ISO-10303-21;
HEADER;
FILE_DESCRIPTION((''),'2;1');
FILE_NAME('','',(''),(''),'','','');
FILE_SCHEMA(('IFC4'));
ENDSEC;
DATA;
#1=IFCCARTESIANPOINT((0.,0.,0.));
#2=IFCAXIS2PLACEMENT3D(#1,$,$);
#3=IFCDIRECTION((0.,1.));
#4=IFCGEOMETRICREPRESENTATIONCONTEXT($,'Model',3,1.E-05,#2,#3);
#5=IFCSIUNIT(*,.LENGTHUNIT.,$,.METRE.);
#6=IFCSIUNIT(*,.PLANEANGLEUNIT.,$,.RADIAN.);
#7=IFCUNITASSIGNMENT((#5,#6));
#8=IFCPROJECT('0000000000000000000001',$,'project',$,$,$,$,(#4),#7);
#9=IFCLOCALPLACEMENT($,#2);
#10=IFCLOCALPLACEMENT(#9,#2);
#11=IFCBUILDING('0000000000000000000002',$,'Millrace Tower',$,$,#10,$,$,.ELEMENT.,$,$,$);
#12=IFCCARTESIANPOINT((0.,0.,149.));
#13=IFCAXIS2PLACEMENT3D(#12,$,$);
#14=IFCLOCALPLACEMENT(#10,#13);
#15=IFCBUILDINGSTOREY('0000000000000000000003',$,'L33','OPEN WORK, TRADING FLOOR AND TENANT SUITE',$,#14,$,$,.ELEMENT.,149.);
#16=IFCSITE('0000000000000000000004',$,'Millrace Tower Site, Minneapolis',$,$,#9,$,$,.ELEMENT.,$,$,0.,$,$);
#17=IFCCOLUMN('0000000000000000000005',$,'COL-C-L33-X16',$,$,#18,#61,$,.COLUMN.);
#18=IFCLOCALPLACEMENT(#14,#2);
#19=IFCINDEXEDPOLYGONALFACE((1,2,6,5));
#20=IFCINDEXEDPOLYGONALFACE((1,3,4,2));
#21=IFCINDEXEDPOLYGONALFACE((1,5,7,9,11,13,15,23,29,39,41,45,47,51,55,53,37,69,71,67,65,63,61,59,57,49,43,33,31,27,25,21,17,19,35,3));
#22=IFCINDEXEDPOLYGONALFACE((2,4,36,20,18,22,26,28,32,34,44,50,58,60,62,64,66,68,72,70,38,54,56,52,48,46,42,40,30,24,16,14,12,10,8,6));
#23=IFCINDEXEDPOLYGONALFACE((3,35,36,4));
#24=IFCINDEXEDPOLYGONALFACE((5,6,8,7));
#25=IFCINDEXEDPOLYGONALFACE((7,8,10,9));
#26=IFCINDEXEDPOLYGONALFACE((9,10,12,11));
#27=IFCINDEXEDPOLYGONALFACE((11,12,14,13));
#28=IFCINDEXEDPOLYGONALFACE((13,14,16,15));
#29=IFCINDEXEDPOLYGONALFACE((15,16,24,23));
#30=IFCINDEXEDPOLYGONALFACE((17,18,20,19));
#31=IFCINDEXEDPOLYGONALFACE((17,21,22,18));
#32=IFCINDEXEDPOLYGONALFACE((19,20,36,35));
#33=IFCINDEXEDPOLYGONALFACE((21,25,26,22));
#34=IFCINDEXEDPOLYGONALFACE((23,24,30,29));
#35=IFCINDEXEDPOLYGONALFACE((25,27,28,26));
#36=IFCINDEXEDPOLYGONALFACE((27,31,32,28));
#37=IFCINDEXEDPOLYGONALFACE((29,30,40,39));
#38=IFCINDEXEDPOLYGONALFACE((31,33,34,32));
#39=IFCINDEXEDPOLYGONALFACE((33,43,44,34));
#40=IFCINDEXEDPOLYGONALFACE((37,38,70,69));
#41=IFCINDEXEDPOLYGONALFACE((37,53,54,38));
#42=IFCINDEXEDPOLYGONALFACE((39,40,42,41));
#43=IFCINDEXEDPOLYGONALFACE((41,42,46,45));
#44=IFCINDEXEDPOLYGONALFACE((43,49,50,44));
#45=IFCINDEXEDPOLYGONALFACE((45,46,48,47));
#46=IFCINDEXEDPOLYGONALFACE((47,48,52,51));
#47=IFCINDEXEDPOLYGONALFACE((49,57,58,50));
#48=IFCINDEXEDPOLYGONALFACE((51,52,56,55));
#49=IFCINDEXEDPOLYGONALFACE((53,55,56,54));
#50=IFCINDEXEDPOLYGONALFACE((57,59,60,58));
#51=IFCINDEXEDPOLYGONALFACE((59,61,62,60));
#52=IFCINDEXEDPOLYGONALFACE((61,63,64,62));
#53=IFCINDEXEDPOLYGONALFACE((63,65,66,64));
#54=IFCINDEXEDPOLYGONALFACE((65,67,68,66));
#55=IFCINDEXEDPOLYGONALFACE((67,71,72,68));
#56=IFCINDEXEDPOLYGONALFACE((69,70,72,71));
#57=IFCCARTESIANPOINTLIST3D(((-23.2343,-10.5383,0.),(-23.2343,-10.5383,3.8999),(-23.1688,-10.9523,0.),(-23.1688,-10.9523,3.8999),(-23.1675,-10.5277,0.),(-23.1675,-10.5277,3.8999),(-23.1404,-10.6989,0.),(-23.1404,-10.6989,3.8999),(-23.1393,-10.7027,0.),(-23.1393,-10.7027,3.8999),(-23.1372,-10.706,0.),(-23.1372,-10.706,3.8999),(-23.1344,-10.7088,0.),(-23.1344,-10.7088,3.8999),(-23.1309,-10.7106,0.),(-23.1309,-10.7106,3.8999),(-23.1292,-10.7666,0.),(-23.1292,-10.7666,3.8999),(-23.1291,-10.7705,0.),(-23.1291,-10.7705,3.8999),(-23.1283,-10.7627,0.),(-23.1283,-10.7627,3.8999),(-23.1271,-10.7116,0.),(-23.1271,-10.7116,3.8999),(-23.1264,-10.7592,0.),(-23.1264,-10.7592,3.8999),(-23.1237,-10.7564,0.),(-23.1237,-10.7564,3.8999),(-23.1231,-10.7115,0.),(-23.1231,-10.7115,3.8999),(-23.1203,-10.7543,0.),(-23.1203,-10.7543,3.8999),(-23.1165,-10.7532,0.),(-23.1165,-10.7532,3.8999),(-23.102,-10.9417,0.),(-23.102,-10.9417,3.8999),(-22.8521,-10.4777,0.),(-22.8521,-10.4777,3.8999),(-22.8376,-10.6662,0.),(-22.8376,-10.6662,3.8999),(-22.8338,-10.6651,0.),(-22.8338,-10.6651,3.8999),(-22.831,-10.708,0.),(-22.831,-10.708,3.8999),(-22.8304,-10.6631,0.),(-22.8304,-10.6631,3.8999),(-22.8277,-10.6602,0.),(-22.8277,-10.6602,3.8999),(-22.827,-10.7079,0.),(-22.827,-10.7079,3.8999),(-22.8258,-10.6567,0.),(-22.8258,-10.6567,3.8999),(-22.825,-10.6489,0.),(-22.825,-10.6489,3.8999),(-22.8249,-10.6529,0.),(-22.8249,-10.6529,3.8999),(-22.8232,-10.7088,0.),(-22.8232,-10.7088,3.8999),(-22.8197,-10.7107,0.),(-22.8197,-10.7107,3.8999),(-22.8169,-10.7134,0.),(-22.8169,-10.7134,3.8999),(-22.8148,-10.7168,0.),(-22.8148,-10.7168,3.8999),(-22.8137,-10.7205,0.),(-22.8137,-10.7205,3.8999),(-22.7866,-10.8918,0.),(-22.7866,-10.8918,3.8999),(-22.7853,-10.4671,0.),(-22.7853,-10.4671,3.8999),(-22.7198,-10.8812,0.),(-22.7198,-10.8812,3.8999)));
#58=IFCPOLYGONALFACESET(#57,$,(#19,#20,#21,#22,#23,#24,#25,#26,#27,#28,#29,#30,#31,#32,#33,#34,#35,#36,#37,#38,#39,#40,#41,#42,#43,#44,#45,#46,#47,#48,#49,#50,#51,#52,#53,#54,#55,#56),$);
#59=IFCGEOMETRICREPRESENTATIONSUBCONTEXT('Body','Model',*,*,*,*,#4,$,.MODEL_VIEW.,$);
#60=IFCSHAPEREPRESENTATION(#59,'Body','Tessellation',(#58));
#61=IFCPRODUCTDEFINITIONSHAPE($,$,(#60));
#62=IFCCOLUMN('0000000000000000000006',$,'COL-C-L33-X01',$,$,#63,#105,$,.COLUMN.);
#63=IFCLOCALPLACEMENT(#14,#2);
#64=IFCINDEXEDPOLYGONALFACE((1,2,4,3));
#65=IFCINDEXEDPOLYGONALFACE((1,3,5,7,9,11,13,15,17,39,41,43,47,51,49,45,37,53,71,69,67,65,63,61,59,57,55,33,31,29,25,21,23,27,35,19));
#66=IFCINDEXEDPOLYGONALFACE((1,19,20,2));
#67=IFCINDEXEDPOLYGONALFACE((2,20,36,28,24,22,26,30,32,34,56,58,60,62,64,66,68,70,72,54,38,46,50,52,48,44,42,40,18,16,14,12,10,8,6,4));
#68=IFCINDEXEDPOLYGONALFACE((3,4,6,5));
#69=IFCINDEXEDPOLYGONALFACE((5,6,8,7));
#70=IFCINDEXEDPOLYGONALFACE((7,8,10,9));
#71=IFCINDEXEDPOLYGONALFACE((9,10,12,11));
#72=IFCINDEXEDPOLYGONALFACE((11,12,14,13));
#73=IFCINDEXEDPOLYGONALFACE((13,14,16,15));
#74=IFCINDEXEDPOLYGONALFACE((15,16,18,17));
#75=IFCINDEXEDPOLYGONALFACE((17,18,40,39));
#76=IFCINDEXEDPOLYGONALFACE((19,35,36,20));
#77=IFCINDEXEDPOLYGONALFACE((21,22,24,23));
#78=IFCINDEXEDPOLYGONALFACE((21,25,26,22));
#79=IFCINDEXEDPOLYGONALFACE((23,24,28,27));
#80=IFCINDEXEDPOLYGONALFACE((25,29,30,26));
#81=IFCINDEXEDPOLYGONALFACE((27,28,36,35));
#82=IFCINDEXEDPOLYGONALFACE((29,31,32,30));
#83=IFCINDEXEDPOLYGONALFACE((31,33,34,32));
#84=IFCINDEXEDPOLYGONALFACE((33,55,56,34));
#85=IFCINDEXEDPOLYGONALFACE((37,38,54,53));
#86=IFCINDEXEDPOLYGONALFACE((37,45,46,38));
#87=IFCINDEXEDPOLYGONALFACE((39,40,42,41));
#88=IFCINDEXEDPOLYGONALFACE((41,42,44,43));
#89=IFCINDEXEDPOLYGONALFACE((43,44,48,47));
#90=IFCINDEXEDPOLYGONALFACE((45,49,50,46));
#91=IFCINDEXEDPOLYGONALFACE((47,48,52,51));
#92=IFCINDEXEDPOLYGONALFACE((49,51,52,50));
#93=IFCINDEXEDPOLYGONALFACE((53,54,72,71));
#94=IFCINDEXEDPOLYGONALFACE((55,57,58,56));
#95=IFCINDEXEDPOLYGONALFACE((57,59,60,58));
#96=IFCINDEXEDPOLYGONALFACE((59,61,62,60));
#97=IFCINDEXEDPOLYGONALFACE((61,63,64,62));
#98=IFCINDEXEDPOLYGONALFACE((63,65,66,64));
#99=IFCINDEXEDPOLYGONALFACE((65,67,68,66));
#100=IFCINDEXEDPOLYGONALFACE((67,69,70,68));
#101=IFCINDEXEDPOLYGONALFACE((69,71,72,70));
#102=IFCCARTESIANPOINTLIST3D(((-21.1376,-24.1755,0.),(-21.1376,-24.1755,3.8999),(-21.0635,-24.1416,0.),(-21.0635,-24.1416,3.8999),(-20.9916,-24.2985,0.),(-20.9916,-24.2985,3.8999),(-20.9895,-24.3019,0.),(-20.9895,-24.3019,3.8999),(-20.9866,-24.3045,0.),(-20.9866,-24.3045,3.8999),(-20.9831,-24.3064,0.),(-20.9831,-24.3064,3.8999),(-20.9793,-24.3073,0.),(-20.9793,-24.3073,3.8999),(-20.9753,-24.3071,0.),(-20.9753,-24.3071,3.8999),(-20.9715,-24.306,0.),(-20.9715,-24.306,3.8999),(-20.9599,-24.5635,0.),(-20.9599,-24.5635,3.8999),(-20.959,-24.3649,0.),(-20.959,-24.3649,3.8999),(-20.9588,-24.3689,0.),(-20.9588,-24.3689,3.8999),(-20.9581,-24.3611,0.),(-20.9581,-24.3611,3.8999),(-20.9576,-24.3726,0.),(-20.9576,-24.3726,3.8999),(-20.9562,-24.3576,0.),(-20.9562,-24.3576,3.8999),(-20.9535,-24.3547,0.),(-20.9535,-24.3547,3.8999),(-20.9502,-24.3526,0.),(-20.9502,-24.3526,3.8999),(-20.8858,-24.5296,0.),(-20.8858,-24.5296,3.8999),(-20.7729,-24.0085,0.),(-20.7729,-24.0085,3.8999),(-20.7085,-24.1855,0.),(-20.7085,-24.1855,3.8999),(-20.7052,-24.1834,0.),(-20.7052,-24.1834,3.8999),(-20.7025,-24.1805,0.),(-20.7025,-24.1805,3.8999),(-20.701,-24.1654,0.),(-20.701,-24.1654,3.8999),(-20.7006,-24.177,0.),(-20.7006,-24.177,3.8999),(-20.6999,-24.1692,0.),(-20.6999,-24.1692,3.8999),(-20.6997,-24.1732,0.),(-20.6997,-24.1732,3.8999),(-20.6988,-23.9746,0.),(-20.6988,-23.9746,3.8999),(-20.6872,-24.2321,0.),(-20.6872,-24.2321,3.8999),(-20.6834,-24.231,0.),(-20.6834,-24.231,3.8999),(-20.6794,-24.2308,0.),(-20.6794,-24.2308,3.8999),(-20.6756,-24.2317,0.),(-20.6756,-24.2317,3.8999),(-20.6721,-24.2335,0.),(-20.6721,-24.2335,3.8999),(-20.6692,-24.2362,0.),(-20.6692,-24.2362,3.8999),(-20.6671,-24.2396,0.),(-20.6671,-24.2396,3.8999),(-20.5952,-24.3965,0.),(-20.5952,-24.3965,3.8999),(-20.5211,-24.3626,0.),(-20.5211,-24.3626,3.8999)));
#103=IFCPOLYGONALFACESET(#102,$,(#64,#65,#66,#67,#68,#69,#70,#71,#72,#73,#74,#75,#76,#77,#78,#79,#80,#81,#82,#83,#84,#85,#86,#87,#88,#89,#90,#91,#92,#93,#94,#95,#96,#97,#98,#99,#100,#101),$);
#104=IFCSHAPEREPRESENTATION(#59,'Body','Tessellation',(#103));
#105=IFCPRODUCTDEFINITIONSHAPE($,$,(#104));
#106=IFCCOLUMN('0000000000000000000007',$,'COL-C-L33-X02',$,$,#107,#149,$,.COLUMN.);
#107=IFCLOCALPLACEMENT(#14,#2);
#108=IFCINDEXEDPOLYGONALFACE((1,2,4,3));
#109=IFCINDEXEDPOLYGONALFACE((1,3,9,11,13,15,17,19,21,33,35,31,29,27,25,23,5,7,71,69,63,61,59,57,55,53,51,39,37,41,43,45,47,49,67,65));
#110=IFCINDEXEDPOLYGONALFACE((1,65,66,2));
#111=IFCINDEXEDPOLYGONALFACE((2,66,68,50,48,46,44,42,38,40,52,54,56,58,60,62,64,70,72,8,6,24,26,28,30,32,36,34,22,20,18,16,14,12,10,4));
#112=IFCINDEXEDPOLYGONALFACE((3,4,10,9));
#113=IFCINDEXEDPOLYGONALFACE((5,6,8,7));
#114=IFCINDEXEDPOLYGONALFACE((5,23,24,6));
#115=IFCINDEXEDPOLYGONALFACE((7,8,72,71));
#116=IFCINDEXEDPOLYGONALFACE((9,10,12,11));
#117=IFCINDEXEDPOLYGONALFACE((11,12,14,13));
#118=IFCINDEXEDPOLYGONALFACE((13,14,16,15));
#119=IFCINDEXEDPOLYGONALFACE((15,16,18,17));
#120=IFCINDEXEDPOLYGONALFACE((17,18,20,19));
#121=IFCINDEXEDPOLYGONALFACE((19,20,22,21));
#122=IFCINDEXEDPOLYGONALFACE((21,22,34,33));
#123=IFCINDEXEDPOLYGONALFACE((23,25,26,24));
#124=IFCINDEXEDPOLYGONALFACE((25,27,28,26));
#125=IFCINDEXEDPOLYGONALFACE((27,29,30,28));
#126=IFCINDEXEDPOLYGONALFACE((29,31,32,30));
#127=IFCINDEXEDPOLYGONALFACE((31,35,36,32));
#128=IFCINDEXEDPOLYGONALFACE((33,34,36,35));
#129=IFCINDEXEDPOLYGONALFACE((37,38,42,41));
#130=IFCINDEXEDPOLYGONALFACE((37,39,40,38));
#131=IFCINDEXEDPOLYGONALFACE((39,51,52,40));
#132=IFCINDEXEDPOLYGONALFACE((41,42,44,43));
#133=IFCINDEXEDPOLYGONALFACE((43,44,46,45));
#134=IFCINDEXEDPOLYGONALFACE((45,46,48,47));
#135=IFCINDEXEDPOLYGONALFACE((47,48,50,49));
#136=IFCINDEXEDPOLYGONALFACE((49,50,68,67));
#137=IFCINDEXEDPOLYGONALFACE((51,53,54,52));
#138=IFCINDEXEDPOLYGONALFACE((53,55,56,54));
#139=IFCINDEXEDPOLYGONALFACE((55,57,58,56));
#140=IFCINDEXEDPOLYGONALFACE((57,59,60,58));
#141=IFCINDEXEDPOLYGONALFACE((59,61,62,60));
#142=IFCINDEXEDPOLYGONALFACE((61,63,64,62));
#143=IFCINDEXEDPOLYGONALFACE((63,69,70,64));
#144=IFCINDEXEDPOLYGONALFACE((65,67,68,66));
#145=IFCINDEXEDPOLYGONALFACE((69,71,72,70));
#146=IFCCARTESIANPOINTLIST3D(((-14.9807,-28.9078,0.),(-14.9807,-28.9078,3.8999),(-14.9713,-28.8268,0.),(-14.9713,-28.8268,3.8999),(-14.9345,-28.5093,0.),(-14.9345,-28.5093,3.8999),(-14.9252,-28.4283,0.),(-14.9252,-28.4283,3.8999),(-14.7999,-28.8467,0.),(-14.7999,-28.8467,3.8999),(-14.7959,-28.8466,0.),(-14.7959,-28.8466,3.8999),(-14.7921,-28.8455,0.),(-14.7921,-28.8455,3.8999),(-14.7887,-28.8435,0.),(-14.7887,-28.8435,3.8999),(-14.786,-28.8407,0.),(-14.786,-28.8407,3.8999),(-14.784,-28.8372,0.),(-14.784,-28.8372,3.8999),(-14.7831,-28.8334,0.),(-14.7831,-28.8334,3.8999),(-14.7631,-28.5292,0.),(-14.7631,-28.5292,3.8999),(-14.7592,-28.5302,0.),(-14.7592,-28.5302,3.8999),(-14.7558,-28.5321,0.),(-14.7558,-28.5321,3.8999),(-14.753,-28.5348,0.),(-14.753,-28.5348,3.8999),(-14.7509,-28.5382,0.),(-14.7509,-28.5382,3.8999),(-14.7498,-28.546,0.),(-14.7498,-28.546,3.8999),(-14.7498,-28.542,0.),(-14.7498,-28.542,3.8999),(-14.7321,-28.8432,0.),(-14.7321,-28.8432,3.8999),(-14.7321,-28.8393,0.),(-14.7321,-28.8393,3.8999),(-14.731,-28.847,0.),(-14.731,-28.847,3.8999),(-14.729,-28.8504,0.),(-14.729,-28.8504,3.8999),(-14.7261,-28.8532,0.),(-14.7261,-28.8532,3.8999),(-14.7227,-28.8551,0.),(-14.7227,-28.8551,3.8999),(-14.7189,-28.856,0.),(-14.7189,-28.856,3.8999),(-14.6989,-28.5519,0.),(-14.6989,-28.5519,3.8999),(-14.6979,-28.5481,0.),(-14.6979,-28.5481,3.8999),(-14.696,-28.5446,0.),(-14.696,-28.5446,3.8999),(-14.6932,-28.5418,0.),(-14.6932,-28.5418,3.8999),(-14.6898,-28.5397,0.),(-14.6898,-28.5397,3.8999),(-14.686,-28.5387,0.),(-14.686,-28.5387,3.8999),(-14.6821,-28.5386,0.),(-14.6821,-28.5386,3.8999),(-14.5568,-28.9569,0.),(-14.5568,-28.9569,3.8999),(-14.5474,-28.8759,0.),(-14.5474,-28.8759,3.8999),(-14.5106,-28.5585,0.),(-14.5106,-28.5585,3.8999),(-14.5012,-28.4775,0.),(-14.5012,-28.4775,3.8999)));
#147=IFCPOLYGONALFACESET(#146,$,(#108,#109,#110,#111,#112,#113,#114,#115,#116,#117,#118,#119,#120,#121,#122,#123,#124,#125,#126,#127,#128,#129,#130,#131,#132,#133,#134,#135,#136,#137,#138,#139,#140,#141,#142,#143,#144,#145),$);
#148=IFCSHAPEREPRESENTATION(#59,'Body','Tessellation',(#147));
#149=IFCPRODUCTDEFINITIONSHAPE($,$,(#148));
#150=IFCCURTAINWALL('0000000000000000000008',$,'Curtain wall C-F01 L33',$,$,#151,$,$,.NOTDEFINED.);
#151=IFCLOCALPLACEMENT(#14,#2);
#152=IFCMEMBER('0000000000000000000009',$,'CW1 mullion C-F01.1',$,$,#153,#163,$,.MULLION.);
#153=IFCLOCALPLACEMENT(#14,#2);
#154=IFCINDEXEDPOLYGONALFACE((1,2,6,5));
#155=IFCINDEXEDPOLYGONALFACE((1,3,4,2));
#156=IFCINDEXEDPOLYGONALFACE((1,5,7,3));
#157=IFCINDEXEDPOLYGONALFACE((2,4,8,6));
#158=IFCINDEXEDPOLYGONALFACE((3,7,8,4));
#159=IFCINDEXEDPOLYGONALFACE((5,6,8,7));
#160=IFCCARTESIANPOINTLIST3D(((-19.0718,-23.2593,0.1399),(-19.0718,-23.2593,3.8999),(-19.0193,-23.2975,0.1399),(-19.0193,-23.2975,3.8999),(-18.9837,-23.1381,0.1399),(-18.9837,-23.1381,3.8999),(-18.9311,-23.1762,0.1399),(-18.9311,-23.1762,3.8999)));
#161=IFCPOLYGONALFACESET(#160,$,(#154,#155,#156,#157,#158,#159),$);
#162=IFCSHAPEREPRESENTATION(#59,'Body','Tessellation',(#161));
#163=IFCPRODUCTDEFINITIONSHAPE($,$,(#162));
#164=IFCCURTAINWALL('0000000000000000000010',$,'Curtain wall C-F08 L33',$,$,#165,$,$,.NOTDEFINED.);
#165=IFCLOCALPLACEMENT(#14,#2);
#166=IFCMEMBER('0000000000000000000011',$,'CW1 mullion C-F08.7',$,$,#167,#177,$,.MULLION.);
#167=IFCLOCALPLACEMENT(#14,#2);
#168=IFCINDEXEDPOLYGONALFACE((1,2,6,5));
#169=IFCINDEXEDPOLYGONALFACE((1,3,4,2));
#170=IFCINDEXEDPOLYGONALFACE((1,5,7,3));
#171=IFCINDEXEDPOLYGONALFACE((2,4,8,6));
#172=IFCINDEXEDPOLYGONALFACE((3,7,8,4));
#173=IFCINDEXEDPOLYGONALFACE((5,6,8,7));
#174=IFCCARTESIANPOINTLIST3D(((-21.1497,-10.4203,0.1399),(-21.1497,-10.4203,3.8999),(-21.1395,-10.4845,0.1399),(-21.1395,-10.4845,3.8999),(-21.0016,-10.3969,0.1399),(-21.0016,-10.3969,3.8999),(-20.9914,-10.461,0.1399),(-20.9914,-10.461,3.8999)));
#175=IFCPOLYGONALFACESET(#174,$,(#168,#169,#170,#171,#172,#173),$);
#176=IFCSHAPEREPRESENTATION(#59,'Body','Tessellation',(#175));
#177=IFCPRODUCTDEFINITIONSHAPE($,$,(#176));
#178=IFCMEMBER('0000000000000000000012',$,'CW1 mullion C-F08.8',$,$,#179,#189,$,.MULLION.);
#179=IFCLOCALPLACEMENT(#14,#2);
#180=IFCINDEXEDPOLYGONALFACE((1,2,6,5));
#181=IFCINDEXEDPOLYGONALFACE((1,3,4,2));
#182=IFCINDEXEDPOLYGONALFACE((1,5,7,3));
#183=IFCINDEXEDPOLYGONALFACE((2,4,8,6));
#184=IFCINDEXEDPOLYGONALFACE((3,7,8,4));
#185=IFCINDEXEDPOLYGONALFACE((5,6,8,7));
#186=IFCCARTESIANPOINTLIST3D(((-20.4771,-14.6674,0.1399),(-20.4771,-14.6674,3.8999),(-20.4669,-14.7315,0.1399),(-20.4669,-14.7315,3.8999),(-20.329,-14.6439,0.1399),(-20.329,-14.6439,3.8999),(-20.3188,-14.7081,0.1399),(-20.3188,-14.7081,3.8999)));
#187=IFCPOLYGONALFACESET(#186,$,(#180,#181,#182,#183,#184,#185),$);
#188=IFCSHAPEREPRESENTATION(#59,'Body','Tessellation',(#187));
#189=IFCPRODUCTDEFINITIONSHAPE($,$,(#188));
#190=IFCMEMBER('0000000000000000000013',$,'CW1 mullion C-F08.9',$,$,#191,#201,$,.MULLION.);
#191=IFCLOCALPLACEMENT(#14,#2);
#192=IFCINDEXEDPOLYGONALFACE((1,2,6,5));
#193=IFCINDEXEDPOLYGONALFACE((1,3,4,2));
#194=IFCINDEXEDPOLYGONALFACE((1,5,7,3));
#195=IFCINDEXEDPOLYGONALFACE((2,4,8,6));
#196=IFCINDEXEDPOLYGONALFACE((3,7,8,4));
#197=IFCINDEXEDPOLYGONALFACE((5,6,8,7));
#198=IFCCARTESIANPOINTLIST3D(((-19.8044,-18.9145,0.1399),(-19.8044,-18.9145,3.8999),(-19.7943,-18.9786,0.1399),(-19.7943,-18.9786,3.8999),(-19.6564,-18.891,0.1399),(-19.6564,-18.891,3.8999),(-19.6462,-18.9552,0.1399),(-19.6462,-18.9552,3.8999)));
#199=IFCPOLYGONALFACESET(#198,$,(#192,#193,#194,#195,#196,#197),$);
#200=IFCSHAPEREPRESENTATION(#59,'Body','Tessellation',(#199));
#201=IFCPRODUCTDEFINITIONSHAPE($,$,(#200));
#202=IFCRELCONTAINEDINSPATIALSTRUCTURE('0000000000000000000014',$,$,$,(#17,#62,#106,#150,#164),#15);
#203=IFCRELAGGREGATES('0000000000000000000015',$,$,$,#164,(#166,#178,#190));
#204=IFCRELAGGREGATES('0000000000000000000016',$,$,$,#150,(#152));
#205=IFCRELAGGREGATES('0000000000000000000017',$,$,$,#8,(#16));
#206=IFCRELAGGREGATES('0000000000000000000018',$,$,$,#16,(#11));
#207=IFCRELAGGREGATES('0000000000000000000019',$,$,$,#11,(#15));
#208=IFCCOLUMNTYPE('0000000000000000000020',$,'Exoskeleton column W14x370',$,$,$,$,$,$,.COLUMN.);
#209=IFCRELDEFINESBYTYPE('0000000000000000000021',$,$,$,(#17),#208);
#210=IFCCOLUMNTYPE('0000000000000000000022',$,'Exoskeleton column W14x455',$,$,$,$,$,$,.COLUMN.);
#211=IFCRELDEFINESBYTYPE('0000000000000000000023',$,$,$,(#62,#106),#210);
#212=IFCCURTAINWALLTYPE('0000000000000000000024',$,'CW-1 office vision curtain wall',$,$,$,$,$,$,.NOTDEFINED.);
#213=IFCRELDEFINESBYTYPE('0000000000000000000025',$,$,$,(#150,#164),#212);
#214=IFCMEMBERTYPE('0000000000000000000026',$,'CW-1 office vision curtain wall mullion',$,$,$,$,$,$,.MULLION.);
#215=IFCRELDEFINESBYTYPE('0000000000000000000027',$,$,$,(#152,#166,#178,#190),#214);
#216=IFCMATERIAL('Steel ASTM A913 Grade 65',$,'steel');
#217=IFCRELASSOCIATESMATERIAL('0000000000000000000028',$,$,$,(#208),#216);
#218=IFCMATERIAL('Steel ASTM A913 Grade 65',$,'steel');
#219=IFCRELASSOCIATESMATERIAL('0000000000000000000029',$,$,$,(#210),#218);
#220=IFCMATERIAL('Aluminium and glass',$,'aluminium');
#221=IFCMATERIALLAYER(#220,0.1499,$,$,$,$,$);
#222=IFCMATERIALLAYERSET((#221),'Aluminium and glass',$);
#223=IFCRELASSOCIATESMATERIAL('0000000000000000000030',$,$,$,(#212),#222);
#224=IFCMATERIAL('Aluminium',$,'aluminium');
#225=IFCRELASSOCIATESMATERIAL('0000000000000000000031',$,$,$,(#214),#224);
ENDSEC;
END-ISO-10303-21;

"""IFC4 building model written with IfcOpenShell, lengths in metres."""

from ifc_helpers import new_model, si_unit, direction, frame, origin, origin_2d, place, context, subcontext, project, spatial, rectangle, i_section, extrude, material, layer, layer_set, material_profile, profile_set, type_object, element, aggregate, save


model = new_model("IFC4")

# Units and contexts
model_context = context("Model", 3, precision=1e-05, world=origin(), true_north=direction((0.0, 1.0)))
body_context = subcontext(model_context, "Body", "Model", "MODEL_VIEW")
ifc_project = project(units=[si_unit("LENGTHUNIT", "METRE"), si_unit("PLANEANGLEUNIT", "RADIAN")], contexts=[model_context])

# Site, building, storey
site_placement = place(None, origin())
site = spatial("IfcSite", under=ifc_project, at=site_placement, Name="Millrace Tower Site, Minneapolis", CompositionType="ELEMENT", RefElevation=0.0)
building_placement = place(site_placement, origin())
building = spatial("IfcBuilding", under=site, at=building_placement, Name="Millrace Tower", CompositionType="ELEMENT")
storey_placement = place(building_placement, frame((0.0, 0.0, 149.0)))
storey = spatial("IfcBuildingStorey", under=building, at=storey_placement, Name="L33", Description="OPEN WORK, TRADING FLOOR AND TENANT SUITE", CompositionType="ELEMENT", Elevation=149.0)

# Columns
ifc_material_1 = material(Name="Steel ASTM A913 Grade 65", Category="steel")
ifc_material_profile_1 = material_profile(ifc_material_1, i_section(OverallWidth=0.4192, OverallDepth=0.4546, WebThickness=0.0422, FlangeThickness=0.0676, FilletRadius=0.0151, at=origin_2d()))
ifc_profile_set_1 = profile_set([ifc_material_profile_1], Name="Steel ASTM A913 Grade 65")
column_type_1 = type_object("IfcColumnType", Name="Exoskeleton column W14x370", PredefinedType="COLUMN", material=ifc_profile_set_1)
column_placement = place(storey_placement, frame((-22.9771, -10.7097, 0.0), z_axis=(0.0, 0.0, 1.0), x_axis=(0.156434, -0.987688, 0.0)))
element("IfcColumn", 1, at=column_placement, inside=storey, type_object=column_type_1, Name="COL-C-L33-X16", PredefinedType="COLUMN", context=body_context, shape_type="SweptSolid", body=[
    extrude(i_section(OverallWidth=0.4192, OverallDepth=0.4546, WebThickness=0.0422, FlangeThickness=0.0676, FilletRadius=0.0151, at=origin_2d()), origin(), (0.0, 0.0, 1.0), 3.8999),
])
ifc_material_2 = material(Name="Steel ASTM A913 Grade 65", Category="steel")
ifc_material_profile_2 = material_profile(ifc_material_2, i_section(OverallWidth=0.4268, OverallDepth=0.4827, WebThickness=0.0513, FlangeThickness=0.0815, FilletRadius=0.0151, at=origin_2d()))
ifc_profile_set_2 = profile_set([ifc_material_profile_2], Name="Steel ASTM A913 Grade 65")
column_type_2 = type_object("IfcColumnType", Name="Exoskeleton column W14x455", PredefinedType="COLUMN", material=ifc_profile_set_2)
for number, where, z_axis, x_axis, name in (
    (2, (-20.8293, -24.269, 0.0), (0.0, 0.0, 1.0), (0.416401, -0.909181, 0.0), "COL-C-L33-X01"),
    (3, (-14.741, -28.6926, 0.0), (0.0, 0.0, 1.0), (0.993358, -0.115069, 0.0), "COL-C-L33-X02"),
):
    element("IfcColumn", number, at=place(storey_placement, frame(where, z_axis=z_axis, x_axis=x_axis)), inside=storey, type_object=column_type_2, Name=name, PredefinedType="COLUMN", context=body_context, shape_type="SweptSolid", body=[
        extrude(i_section(OverallWidth=0.4268, OverallDepth=0.4827, WebThickness=0.0513, FlangeThickness=0.0815, FilletRadius=0.0151, at=origin_2d()), origin(), (0.0, 0.0, 1.0), 3.8999),
    ])

# Curtain wall, member
ifc_material_3 = material(Name="Aluminium and glass", Category="aluminium")
ifc_layer_1 = layer(ifc_material_3, 0.1499)
ifc_layer_set_1 = layer_set([ifc_layer_1], Name="Aluminium and glass")
curtain_wall_type = type_object("IfcCurtainWallType", Name="CW-1 office vision curtain wall", PredefinedType="NOTDEFINED", material=ifc_layer_set_1)
placement = place(storey_placement, origin())
curtain_wall_1 = element("IfcCurtainWall", 4, at=placement, inside=storey, type_object=curtain_wall_type, Name="Curtain wall C-F01 L33", PredefinedType="NOTDEFINED")
ifc_material_4 = material(Name="Aluminium", Category="aluminium")
ifc_material_profile_3 = material_profile(ifc_material_4, rectangle(XDim=0.0649, YDim=0.1499, at=origin_2d()))
ifc_profile_set_3 = profile_set([ifc_material_profile_3], Name="Aluminium")
member_type_1 = type_object("IfcMemberType", Name="CW-1 office vision curtain wall mullion", PredefinedType="MULLION", material=ifc_profile_set_3)
member_1_placement = place(storey_placement, frame((-19.0015, -23.2178, 0.1399), z_axis=(0.0, 0.0, 1.0), x_axis=(0.809017, -0.587785, 0.0)))
member_1 = element("IfcMember", 5, at=member_1_placement, type_object=member_type_1, Name="CW1 mullion C-F01.1", PredefinedType="MULLION", context=body_context, shape_type="SweptSolid", body=[
    extrude(rectangle(XDim=0.0649, YDim=0.1499, at=origin_2d()), origin(), (0.0, 0.0, 1.0), 3.76),
])

# Curtain wall, members
curtain_wall_2 = element("IfcCurtainWall", 6, at=placement, inside=storey, type_object=curtain_wall_type, Name="Curtain wall C-F08 L33", PredefinedType="NOTDEFINED")
member_2_placement = place(storey_placement, frame((-21.0706, -10.4407, 0.1399), z_axis=(0.0, 0.0, 1.0), x_axis=(0.156434, -0.987688, 0.0)))
member_2 = element("IfcMember", 7, at=member_2_placement, type_object=member_type_1, Name="CW1 mullion C-F08.7", PredefinedType="MULLION", context=body_context, shape_type="SweptSolid", body=[
    extrude(rectangle(XDim=0.0649, YDim=0.1499, at=origin_2d()), origin(), (0.0, 0.0, 1.0), 3.76),
])
member_3_placement = place(storey_placement, frame((-20.3979, -14.6877, 0.1399), z_axis=(0.0, 0.0, 1.0), x_axis=(0.156434, -0.987688, 0.0)))
member_3 = element("IfcMember", 8, at=member_3_placement, type_object=member_type_1, Name="CW1 mullion C-F08.8", PredefinedType="MULLION", context=body_context, shape_type="SweptSolid", body=[
    extrude(rectangle(XDim=0.0649, YDim=0.1499, at=origin_2d()), origin(), (0.0, 0.0, 1.0), 3.76),
])
member_4_placement = place(storey_placement, frame((-19.7253, -18.9348, 0.1399), z_axis=(0.0, 0.0, 1.0), x_axis=(0.156434, -0.987688, 0.0)))
member_4 = element("IfcMember", 9, at=member_4_placement, type_object=member_type_1, Name="CW1 mullion C-F08.9", PredefinedType="MULLION", context=body_context, shape_type="SweptSolid", body=[
    extrude(rectangle(XDim=0.0649, YDim=0.1499, at=origin_2d()), origin(), (0.0, 0.0, 1.0), 3.76),
])
aggregate(curtain_wall_2, [member_2, member_3, member_4])

aggregate(curtain_wall_1, [member_1])

save(model, "model.ifc")
